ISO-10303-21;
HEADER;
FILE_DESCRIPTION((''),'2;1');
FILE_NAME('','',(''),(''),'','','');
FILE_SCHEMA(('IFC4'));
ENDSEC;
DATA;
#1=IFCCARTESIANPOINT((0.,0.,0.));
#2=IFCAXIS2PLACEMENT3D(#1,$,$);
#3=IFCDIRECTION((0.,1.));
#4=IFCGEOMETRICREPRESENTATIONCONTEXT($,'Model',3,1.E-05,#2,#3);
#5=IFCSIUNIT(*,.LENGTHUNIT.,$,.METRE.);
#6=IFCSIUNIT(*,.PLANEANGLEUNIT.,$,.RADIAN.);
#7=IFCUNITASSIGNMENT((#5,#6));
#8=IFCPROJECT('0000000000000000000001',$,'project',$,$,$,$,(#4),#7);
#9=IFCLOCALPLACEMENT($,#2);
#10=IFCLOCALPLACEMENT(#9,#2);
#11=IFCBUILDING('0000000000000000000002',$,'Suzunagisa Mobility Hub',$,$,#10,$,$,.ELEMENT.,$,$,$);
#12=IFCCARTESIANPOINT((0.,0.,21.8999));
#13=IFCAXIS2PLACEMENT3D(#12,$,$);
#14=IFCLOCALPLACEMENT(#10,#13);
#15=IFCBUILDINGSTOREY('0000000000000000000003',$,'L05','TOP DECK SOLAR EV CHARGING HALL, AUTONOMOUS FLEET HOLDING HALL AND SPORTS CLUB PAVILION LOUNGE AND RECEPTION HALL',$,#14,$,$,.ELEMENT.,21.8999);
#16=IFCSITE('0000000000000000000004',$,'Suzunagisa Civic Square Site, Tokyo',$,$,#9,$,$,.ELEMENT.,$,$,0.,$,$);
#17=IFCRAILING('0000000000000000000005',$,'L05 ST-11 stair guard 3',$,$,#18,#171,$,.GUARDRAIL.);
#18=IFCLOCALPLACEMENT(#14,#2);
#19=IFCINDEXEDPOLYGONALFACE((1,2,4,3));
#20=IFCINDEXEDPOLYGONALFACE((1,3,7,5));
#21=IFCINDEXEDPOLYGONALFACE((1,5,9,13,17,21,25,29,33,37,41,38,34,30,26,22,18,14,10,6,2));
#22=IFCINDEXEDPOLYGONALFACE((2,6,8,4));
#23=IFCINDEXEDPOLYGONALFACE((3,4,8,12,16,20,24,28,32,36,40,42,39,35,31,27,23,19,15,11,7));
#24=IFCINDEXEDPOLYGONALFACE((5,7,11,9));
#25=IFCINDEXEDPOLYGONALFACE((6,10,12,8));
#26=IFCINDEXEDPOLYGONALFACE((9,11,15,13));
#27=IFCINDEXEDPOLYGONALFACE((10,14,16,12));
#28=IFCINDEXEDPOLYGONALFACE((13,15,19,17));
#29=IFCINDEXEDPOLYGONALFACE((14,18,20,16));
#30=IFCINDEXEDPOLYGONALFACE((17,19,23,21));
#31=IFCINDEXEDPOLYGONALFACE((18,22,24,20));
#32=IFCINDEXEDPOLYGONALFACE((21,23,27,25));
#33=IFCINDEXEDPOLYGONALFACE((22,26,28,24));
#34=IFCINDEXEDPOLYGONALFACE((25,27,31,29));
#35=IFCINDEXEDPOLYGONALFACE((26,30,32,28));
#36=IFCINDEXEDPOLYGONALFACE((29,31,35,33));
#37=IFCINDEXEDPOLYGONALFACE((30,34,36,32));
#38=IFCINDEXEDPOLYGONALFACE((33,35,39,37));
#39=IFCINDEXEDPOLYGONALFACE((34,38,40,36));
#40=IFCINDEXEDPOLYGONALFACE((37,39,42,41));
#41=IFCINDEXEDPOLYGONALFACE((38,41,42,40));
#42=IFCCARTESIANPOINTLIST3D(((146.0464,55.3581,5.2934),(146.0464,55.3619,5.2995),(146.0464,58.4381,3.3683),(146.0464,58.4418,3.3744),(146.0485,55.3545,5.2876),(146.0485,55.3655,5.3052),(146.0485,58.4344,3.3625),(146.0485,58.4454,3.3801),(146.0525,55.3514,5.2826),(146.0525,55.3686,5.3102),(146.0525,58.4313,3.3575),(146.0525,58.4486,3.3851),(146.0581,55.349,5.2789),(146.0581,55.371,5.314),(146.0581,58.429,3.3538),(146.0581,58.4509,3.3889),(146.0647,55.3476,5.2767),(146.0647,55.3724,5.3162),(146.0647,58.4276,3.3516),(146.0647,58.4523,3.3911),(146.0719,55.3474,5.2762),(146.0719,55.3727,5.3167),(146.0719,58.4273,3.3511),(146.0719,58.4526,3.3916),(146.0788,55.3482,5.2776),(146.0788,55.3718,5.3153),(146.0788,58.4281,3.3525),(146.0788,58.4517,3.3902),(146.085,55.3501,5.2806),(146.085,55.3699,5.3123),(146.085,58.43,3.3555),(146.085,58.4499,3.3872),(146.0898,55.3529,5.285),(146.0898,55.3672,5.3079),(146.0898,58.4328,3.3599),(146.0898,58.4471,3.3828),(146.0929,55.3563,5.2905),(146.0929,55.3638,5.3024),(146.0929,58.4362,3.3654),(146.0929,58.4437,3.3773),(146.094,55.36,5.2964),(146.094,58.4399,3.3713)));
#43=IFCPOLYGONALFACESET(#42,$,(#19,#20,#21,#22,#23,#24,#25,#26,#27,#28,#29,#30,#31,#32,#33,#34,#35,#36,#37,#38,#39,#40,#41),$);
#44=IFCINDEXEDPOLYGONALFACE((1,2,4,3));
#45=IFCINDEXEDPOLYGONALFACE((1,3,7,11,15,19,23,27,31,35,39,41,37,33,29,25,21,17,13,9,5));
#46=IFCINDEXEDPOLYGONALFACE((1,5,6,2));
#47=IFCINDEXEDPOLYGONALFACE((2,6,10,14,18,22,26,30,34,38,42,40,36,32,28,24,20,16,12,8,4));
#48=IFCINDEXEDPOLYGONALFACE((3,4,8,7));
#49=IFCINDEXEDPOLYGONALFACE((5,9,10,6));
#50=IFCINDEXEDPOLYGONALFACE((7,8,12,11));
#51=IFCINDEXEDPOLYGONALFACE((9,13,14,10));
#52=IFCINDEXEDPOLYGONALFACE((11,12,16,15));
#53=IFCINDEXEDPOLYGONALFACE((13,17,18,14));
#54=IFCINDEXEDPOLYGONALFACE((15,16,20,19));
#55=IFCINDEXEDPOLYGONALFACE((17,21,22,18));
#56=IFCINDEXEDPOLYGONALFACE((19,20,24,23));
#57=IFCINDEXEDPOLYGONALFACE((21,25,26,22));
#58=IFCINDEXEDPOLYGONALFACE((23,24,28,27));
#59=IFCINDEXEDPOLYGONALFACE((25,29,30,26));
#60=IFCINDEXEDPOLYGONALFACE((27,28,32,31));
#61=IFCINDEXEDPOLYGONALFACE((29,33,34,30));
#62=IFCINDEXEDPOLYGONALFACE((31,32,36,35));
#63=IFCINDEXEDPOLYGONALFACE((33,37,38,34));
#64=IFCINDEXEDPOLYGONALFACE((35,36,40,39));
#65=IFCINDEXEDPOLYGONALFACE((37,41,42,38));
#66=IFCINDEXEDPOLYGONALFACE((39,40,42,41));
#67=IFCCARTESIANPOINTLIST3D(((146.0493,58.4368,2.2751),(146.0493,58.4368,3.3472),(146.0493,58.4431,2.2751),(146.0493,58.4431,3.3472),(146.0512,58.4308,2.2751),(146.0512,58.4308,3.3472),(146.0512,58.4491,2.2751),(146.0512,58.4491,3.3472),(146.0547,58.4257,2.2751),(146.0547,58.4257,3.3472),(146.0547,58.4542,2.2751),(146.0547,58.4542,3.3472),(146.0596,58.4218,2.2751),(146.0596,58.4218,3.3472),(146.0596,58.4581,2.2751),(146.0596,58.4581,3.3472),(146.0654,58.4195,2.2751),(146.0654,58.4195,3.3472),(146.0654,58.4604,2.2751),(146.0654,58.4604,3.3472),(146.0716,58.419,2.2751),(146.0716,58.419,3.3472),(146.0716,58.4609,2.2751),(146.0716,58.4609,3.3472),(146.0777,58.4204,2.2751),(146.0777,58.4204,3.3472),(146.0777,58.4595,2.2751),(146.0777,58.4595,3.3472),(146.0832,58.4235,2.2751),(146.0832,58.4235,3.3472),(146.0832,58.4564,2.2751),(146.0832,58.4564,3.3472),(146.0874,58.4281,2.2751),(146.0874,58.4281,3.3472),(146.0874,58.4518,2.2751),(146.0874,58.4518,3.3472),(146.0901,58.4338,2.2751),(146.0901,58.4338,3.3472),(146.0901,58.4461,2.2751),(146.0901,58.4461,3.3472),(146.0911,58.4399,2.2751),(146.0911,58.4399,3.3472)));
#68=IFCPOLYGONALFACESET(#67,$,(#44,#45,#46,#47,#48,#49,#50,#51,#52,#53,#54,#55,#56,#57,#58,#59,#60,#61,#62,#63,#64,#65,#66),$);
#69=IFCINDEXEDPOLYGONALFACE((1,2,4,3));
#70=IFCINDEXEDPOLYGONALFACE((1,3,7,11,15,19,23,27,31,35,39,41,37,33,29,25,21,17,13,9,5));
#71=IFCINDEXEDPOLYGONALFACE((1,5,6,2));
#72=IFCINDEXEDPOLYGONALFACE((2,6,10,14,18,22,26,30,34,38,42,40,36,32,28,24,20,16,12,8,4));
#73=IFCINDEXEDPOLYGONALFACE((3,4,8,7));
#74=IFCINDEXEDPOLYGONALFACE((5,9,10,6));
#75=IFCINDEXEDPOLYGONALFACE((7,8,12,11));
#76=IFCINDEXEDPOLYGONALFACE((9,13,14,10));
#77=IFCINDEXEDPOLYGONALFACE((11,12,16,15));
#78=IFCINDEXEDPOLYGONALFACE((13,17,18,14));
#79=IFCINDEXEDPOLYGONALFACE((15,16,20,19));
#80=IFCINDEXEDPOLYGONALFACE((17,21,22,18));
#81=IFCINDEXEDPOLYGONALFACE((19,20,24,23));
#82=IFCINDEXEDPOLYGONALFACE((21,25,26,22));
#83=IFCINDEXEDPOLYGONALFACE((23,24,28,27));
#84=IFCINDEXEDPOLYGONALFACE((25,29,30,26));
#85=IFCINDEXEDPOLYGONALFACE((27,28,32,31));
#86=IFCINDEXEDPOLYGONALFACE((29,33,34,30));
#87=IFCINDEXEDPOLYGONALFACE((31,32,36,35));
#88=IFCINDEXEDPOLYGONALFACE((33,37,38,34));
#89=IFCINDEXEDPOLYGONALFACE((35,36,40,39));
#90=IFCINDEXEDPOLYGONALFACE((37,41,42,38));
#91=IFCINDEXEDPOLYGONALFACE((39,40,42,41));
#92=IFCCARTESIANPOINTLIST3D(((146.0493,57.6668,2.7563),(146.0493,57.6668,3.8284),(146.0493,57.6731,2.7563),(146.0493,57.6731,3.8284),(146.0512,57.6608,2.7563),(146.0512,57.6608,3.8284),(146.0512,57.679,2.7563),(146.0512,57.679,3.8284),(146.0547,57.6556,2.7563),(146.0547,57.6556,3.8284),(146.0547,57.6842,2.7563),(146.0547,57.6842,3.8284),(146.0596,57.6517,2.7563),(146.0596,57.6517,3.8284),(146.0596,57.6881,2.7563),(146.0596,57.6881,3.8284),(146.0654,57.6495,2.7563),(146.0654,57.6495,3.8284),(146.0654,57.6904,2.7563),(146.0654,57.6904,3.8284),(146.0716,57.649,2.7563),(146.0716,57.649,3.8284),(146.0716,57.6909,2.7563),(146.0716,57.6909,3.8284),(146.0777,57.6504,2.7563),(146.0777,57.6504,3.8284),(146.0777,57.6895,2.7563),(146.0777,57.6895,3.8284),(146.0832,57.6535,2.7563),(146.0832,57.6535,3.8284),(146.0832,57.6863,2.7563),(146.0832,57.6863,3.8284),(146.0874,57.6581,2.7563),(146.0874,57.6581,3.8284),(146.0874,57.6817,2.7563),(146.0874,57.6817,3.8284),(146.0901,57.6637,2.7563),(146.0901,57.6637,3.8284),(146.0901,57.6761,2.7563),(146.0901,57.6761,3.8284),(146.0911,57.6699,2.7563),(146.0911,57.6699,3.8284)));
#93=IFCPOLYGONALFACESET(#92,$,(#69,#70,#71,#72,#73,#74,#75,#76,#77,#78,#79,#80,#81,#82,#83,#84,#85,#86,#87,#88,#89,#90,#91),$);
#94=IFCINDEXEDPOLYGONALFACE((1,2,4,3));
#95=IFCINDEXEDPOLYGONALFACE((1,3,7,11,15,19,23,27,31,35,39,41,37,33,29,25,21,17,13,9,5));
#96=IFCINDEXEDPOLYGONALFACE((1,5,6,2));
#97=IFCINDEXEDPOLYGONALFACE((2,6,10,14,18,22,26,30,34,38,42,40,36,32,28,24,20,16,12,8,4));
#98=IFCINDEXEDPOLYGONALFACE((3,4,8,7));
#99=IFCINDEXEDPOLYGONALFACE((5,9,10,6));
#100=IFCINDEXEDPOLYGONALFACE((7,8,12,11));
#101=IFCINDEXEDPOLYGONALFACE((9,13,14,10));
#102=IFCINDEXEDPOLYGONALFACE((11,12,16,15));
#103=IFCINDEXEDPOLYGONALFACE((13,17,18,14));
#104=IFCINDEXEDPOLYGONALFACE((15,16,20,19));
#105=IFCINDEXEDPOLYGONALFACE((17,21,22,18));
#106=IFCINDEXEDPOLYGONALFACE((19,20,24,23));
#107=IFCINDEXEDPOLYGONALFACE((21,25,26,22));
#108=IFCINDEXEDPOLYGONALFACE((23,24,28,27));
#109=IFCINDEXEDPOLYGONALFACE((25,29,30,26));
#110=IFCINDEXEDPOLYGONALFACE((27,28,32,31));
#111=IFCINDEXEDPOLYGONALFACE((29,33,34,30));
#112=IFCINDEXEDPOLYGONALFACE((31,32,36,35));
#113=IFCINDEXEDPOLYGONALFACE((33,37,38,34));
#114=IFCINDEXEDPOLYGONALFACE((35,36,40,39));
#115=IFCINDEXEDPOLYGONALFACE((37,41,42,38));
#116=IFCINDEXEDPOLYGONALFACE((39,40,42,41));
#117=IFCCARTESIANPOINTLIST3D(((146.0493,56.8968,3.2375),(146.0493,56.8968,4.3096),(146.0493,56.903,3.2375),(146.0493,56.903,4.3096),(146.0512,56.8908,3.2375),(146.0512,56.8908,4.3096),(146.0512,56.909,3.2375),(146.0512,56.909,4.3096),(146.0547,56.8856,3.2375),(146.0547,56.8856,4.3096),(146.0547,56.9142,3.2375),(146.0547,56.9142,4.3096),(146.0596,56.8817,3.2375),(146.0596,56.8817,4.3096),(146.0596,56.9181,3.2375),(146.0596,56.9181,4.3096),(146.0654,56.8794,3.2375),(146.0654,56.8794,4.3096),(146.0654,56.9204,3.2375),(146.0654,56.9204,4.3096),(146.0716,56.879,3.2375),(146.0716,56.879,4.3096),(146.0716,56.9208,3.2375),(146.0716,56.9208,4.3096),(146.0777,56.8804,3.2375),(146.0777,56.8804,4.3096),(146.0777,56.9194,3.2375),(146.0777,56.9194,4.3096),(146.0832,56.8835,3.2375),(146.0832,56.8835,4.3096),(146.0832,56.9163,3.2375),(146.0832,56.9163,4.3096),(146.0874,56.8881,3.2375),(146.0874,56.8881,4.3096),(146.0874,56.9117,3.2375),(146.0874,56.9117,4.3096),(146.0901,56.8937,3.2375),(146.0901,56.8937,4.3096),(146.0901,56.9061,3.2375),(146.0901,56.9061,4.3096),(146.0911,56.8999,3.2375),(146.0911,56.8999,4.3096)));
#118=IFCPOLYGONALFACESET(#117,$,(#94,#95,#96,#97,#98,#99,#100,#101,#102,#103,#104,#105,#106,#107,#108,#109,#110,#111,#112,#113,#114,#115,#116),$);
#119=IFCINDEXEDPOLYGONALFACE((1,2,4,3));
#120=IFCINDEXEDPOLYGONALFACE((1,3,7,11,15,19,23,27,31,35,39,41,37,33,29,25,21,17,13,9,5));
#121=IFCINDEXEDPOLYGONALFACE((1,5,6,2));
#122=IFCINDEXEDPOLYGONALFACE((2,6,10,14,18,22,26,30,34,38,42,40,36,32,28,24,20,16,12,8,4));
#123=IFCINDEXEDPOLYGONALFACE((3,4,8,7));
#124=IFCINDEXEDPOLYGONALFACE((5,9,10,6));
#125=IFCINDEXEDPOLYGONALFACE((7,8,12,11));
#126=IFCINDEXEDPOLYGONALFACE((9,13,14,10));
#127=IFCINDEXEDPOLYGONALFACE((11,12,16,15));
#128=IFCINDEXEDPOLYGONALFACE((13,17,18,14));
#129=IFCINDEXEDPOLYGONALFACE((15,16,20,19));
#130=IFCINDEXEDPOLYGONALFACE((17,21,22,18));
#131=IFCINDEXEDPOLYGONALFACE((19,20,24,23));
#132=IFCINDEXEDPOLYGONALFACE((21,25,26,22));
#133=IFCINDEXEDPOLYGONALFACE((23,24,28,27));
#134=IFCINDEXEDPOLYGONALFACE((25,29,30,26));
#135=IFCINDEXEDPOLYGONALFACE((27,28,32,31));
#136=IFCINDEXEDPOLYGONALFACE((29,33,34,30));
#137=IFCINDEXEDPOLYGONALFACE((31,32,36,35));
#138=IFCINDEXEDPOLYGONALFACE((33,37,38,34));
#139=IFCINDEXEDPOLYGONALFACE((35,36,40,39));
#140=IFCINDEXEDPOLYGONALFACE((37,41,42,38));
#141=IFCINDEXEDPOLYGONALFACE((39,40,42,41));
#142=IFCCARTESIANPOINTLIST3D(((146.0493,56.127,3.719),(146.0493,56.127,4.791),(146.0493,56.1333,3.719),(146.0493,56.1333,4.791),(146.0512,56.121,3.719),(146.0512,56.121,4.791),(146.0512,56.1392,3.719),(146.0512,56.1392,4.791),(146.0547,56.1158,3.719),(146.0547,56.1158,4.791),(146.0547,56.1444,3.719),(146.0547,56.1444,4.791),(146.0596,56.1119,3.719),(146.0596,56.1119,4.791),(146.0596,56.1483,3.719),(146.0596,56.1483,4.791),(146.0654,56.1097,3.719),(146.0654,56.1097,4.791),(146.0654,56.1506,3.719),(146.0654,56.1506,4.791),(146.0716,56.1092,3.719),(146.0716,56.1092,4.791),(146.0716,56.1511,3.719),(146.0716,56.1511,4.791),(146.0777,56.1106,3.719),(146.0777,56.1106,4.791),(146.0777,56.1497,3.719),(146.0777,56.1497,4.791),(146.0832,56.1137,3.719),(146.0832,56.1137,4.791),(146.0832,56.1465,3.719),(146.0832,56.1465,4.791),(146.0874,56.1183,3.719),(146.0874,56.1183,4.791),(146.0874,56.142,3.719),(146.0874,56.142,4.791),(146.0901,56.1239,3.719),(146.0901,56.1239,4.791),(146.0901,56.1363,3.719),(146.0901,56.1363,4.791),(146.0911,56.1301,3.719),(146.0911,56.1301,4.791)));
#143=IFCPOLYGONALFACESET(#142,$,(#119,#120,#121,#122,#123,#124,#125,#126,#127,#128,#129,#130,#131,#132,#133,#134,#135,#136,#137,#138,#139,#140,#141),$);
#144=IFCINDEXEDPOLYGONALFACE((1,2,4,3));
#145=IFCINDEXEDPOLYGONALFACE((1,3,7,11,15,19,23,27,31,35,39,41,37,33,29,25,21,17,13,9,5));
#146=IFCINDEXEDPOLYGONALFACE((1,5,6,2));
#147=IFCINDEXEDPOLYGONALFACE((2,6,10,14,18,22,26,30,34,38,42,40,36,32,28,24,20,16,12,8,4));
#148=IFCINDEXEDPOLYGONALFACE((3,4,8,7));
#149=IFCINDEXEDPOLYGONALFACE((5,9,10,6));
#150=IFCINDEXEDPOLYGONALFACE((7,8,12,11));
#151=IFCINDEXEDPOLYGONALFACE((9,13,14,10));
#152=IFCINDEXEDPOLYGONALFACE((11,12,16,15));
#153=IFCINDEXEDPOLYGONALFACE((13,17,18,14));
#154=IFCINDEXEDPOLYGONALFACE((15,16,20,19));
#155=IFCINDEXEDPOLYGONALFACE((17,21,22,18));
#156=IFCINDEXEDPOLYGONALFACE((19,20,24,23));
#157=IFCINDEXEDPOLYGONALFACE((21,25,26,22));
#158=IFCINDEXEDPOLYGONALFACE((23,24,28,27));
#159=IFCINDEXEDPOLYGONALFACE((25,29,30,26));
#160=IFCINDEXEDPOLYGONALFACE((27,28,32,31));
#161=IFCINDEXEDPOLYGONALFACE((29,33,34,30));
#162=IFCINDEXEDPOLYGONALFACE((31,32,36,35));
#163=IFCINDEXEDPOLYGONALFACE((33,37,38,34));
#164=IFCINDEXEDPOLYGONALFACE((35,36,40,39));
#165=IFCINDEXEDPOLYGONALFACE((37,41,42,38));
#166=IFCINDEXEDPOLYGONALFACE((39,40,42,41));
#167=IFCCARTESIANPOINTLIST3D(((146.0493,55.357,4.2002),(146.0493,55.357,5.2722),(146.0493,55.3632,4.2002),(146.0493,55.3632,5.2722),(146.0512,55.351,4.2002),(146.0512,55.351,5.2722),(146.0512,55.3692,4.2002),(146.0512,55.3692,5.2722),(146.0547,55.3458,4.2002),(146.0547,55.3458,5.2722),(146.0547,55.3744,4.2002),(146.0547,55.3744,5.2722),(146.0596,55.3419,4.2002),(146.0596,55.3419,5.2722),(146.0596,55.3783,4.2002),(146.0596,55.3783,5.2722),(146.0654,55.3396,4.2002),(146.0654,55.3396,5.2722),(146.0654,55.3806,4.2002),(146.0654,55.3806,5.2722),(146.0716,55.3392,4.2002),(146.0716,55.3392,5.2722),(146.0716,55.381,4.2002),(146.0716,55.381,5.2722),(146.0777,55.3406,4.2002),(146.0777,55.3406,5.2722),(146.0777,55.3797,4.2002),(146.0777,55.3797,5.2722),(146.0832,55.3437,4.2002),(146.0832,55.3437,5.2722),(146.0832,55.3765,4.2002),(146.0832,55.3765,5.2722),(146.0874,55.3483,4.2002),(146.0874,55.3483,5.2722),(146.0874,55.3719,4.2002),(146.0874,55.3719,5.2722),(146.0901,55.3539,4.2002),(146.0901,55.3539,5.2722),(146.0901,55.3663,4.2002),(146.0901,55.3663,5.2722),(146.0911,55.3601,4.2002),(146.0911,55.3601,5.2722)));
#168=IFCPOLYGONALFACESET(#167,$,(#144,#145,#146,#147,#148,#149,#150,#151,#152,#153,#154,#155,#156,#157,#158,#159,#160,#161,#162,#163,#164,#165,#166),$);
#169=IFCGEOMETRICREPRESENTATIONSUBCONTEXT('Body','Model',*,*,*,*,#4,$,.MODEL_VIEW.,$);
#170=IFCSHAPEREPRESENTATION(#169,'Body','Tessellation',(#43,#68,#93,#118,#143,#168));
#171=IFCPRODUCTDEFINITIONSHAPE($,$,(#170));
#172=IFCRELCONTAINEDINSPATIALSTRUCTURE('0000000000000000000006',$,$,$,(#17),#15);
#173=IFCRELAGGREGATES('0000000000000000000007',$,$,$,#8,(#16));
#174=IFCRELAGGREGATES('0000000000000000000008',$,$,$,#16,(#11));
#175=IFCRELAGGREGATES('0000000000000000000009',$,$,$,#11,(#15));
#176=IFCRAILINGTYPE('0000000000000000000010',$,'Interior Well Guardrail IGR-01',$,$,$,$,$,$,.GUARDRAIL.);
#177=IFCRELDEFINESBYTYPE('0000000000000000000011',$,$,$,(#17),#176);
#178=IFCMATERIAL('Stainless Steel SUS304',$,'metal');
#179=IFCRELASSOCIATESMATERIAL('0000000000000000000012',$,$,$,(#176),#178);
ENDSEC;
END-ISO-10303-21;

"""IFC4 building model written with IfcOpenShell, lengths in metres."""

from ifc_helpers import new_model, si_unit, direction, frame, origin, origin_2d, place, context, subcontext, project, spatial, circle, extrude, material, type_object, element, save


model = new_model("IFC4")

# Units and contexts
model_context = context("Model", 3, precision=1e-05, world=origin(), true_north=direction((0.0, 1.0)))
body_context = subcontext(model_context, "Body", "Model", "MODEL_VIEW")
ifc_project = project(units=[si_unit("LENGTHUNIT", "METRE"), si_unit("PLANEANGLEUNIT", "RADIAN")], contexts=[model_context])

# Site, building, storey
site_placement = place(None, origin())
site = spatial("IfcSite", under=ifc_project, at=site_placement, Name="Suzunagisa Civic Square Site, Tokyo", CompositionType="ELEMENT", RefElevation=0.0)
building_placement = place(site_placement, origin())
building = spatial("IfcBuilding", under=site, at=building_placement, Name="Suzunagisa Mobility Hub", CompositionType="ELEMENT")
storey_placement = place(building_placement, frame((0.0, 0.0, 21.8999)))
storey = spatial("IfcBuildingStorey", under=building, at=storey_placement, Name="L05", Description="TOP DECK SOLAR EV CHARGING HALL, AUTONOMOUS FLEET HOLDING HALL AND SPORTS CLUB PAVILION LOUNGE AND RECEPTION HALL", CompositionType="ELEMENT", Elevation=21.8999)

# Railing
ifc_material_1 = material(Name="Stainless Steel SUS304", Category="metal")
railing_type_1 = type_object("IfcRailingType", Name="Interior Well Guardrail IGR-01", PredefinedType="GUARDRAIL", material=ifc_material_1)
railing_1_placement = place(storey_placement, frame((146.0701, 58.4399, 2.2751)))
element("IfcRailing", 1, at=railing_1_placement, inside=storey, type_object=railing_type_1, Name="L05 ST-11 stair guard 3", PredefinedType="GUARDRAIL", context=body_context, shape_type="SweptSolid", body=[
    extrude(circle(Radius=0.0239, at=origin_2d()), frame((0.0, 0.0, 1.0962), z_axis=(0.0, -0.847979, 0.530029), x_axis=(1.0, 0.0, 0.0)), (0.0, 0.0, 1.0), 3.6321),
    extrude(circle(Radius=0.021, at=origin_2d()), origin(), (0.0, 0.0, 1.0), 1.072),
    extrude(circle(Radius=0.021, at=origin_2d()), frame((0.0, -0.77, 0.4812)), (0.0, 0.0, 1.0), 1.072),
    extrude(circle(Radius=0.021, at=origin_2d()), frame((0.0, -1.54, 0.9624)), (0.0, 0.0, 1.0), 1.072),
    extrude(circle(Radius=0.021, at=origin_2d()), frame((0.0, -2.3098, 1.4438)), (0.0, 0.0, 1.0), 1.072),
    extrude(circle(Radius=0.021, at=origin_2d()), frame((0.0, -3.0798, 1.925)), (0.0, 0.0, 1.0), 1.072),
])

save(model, "model.ifc")
